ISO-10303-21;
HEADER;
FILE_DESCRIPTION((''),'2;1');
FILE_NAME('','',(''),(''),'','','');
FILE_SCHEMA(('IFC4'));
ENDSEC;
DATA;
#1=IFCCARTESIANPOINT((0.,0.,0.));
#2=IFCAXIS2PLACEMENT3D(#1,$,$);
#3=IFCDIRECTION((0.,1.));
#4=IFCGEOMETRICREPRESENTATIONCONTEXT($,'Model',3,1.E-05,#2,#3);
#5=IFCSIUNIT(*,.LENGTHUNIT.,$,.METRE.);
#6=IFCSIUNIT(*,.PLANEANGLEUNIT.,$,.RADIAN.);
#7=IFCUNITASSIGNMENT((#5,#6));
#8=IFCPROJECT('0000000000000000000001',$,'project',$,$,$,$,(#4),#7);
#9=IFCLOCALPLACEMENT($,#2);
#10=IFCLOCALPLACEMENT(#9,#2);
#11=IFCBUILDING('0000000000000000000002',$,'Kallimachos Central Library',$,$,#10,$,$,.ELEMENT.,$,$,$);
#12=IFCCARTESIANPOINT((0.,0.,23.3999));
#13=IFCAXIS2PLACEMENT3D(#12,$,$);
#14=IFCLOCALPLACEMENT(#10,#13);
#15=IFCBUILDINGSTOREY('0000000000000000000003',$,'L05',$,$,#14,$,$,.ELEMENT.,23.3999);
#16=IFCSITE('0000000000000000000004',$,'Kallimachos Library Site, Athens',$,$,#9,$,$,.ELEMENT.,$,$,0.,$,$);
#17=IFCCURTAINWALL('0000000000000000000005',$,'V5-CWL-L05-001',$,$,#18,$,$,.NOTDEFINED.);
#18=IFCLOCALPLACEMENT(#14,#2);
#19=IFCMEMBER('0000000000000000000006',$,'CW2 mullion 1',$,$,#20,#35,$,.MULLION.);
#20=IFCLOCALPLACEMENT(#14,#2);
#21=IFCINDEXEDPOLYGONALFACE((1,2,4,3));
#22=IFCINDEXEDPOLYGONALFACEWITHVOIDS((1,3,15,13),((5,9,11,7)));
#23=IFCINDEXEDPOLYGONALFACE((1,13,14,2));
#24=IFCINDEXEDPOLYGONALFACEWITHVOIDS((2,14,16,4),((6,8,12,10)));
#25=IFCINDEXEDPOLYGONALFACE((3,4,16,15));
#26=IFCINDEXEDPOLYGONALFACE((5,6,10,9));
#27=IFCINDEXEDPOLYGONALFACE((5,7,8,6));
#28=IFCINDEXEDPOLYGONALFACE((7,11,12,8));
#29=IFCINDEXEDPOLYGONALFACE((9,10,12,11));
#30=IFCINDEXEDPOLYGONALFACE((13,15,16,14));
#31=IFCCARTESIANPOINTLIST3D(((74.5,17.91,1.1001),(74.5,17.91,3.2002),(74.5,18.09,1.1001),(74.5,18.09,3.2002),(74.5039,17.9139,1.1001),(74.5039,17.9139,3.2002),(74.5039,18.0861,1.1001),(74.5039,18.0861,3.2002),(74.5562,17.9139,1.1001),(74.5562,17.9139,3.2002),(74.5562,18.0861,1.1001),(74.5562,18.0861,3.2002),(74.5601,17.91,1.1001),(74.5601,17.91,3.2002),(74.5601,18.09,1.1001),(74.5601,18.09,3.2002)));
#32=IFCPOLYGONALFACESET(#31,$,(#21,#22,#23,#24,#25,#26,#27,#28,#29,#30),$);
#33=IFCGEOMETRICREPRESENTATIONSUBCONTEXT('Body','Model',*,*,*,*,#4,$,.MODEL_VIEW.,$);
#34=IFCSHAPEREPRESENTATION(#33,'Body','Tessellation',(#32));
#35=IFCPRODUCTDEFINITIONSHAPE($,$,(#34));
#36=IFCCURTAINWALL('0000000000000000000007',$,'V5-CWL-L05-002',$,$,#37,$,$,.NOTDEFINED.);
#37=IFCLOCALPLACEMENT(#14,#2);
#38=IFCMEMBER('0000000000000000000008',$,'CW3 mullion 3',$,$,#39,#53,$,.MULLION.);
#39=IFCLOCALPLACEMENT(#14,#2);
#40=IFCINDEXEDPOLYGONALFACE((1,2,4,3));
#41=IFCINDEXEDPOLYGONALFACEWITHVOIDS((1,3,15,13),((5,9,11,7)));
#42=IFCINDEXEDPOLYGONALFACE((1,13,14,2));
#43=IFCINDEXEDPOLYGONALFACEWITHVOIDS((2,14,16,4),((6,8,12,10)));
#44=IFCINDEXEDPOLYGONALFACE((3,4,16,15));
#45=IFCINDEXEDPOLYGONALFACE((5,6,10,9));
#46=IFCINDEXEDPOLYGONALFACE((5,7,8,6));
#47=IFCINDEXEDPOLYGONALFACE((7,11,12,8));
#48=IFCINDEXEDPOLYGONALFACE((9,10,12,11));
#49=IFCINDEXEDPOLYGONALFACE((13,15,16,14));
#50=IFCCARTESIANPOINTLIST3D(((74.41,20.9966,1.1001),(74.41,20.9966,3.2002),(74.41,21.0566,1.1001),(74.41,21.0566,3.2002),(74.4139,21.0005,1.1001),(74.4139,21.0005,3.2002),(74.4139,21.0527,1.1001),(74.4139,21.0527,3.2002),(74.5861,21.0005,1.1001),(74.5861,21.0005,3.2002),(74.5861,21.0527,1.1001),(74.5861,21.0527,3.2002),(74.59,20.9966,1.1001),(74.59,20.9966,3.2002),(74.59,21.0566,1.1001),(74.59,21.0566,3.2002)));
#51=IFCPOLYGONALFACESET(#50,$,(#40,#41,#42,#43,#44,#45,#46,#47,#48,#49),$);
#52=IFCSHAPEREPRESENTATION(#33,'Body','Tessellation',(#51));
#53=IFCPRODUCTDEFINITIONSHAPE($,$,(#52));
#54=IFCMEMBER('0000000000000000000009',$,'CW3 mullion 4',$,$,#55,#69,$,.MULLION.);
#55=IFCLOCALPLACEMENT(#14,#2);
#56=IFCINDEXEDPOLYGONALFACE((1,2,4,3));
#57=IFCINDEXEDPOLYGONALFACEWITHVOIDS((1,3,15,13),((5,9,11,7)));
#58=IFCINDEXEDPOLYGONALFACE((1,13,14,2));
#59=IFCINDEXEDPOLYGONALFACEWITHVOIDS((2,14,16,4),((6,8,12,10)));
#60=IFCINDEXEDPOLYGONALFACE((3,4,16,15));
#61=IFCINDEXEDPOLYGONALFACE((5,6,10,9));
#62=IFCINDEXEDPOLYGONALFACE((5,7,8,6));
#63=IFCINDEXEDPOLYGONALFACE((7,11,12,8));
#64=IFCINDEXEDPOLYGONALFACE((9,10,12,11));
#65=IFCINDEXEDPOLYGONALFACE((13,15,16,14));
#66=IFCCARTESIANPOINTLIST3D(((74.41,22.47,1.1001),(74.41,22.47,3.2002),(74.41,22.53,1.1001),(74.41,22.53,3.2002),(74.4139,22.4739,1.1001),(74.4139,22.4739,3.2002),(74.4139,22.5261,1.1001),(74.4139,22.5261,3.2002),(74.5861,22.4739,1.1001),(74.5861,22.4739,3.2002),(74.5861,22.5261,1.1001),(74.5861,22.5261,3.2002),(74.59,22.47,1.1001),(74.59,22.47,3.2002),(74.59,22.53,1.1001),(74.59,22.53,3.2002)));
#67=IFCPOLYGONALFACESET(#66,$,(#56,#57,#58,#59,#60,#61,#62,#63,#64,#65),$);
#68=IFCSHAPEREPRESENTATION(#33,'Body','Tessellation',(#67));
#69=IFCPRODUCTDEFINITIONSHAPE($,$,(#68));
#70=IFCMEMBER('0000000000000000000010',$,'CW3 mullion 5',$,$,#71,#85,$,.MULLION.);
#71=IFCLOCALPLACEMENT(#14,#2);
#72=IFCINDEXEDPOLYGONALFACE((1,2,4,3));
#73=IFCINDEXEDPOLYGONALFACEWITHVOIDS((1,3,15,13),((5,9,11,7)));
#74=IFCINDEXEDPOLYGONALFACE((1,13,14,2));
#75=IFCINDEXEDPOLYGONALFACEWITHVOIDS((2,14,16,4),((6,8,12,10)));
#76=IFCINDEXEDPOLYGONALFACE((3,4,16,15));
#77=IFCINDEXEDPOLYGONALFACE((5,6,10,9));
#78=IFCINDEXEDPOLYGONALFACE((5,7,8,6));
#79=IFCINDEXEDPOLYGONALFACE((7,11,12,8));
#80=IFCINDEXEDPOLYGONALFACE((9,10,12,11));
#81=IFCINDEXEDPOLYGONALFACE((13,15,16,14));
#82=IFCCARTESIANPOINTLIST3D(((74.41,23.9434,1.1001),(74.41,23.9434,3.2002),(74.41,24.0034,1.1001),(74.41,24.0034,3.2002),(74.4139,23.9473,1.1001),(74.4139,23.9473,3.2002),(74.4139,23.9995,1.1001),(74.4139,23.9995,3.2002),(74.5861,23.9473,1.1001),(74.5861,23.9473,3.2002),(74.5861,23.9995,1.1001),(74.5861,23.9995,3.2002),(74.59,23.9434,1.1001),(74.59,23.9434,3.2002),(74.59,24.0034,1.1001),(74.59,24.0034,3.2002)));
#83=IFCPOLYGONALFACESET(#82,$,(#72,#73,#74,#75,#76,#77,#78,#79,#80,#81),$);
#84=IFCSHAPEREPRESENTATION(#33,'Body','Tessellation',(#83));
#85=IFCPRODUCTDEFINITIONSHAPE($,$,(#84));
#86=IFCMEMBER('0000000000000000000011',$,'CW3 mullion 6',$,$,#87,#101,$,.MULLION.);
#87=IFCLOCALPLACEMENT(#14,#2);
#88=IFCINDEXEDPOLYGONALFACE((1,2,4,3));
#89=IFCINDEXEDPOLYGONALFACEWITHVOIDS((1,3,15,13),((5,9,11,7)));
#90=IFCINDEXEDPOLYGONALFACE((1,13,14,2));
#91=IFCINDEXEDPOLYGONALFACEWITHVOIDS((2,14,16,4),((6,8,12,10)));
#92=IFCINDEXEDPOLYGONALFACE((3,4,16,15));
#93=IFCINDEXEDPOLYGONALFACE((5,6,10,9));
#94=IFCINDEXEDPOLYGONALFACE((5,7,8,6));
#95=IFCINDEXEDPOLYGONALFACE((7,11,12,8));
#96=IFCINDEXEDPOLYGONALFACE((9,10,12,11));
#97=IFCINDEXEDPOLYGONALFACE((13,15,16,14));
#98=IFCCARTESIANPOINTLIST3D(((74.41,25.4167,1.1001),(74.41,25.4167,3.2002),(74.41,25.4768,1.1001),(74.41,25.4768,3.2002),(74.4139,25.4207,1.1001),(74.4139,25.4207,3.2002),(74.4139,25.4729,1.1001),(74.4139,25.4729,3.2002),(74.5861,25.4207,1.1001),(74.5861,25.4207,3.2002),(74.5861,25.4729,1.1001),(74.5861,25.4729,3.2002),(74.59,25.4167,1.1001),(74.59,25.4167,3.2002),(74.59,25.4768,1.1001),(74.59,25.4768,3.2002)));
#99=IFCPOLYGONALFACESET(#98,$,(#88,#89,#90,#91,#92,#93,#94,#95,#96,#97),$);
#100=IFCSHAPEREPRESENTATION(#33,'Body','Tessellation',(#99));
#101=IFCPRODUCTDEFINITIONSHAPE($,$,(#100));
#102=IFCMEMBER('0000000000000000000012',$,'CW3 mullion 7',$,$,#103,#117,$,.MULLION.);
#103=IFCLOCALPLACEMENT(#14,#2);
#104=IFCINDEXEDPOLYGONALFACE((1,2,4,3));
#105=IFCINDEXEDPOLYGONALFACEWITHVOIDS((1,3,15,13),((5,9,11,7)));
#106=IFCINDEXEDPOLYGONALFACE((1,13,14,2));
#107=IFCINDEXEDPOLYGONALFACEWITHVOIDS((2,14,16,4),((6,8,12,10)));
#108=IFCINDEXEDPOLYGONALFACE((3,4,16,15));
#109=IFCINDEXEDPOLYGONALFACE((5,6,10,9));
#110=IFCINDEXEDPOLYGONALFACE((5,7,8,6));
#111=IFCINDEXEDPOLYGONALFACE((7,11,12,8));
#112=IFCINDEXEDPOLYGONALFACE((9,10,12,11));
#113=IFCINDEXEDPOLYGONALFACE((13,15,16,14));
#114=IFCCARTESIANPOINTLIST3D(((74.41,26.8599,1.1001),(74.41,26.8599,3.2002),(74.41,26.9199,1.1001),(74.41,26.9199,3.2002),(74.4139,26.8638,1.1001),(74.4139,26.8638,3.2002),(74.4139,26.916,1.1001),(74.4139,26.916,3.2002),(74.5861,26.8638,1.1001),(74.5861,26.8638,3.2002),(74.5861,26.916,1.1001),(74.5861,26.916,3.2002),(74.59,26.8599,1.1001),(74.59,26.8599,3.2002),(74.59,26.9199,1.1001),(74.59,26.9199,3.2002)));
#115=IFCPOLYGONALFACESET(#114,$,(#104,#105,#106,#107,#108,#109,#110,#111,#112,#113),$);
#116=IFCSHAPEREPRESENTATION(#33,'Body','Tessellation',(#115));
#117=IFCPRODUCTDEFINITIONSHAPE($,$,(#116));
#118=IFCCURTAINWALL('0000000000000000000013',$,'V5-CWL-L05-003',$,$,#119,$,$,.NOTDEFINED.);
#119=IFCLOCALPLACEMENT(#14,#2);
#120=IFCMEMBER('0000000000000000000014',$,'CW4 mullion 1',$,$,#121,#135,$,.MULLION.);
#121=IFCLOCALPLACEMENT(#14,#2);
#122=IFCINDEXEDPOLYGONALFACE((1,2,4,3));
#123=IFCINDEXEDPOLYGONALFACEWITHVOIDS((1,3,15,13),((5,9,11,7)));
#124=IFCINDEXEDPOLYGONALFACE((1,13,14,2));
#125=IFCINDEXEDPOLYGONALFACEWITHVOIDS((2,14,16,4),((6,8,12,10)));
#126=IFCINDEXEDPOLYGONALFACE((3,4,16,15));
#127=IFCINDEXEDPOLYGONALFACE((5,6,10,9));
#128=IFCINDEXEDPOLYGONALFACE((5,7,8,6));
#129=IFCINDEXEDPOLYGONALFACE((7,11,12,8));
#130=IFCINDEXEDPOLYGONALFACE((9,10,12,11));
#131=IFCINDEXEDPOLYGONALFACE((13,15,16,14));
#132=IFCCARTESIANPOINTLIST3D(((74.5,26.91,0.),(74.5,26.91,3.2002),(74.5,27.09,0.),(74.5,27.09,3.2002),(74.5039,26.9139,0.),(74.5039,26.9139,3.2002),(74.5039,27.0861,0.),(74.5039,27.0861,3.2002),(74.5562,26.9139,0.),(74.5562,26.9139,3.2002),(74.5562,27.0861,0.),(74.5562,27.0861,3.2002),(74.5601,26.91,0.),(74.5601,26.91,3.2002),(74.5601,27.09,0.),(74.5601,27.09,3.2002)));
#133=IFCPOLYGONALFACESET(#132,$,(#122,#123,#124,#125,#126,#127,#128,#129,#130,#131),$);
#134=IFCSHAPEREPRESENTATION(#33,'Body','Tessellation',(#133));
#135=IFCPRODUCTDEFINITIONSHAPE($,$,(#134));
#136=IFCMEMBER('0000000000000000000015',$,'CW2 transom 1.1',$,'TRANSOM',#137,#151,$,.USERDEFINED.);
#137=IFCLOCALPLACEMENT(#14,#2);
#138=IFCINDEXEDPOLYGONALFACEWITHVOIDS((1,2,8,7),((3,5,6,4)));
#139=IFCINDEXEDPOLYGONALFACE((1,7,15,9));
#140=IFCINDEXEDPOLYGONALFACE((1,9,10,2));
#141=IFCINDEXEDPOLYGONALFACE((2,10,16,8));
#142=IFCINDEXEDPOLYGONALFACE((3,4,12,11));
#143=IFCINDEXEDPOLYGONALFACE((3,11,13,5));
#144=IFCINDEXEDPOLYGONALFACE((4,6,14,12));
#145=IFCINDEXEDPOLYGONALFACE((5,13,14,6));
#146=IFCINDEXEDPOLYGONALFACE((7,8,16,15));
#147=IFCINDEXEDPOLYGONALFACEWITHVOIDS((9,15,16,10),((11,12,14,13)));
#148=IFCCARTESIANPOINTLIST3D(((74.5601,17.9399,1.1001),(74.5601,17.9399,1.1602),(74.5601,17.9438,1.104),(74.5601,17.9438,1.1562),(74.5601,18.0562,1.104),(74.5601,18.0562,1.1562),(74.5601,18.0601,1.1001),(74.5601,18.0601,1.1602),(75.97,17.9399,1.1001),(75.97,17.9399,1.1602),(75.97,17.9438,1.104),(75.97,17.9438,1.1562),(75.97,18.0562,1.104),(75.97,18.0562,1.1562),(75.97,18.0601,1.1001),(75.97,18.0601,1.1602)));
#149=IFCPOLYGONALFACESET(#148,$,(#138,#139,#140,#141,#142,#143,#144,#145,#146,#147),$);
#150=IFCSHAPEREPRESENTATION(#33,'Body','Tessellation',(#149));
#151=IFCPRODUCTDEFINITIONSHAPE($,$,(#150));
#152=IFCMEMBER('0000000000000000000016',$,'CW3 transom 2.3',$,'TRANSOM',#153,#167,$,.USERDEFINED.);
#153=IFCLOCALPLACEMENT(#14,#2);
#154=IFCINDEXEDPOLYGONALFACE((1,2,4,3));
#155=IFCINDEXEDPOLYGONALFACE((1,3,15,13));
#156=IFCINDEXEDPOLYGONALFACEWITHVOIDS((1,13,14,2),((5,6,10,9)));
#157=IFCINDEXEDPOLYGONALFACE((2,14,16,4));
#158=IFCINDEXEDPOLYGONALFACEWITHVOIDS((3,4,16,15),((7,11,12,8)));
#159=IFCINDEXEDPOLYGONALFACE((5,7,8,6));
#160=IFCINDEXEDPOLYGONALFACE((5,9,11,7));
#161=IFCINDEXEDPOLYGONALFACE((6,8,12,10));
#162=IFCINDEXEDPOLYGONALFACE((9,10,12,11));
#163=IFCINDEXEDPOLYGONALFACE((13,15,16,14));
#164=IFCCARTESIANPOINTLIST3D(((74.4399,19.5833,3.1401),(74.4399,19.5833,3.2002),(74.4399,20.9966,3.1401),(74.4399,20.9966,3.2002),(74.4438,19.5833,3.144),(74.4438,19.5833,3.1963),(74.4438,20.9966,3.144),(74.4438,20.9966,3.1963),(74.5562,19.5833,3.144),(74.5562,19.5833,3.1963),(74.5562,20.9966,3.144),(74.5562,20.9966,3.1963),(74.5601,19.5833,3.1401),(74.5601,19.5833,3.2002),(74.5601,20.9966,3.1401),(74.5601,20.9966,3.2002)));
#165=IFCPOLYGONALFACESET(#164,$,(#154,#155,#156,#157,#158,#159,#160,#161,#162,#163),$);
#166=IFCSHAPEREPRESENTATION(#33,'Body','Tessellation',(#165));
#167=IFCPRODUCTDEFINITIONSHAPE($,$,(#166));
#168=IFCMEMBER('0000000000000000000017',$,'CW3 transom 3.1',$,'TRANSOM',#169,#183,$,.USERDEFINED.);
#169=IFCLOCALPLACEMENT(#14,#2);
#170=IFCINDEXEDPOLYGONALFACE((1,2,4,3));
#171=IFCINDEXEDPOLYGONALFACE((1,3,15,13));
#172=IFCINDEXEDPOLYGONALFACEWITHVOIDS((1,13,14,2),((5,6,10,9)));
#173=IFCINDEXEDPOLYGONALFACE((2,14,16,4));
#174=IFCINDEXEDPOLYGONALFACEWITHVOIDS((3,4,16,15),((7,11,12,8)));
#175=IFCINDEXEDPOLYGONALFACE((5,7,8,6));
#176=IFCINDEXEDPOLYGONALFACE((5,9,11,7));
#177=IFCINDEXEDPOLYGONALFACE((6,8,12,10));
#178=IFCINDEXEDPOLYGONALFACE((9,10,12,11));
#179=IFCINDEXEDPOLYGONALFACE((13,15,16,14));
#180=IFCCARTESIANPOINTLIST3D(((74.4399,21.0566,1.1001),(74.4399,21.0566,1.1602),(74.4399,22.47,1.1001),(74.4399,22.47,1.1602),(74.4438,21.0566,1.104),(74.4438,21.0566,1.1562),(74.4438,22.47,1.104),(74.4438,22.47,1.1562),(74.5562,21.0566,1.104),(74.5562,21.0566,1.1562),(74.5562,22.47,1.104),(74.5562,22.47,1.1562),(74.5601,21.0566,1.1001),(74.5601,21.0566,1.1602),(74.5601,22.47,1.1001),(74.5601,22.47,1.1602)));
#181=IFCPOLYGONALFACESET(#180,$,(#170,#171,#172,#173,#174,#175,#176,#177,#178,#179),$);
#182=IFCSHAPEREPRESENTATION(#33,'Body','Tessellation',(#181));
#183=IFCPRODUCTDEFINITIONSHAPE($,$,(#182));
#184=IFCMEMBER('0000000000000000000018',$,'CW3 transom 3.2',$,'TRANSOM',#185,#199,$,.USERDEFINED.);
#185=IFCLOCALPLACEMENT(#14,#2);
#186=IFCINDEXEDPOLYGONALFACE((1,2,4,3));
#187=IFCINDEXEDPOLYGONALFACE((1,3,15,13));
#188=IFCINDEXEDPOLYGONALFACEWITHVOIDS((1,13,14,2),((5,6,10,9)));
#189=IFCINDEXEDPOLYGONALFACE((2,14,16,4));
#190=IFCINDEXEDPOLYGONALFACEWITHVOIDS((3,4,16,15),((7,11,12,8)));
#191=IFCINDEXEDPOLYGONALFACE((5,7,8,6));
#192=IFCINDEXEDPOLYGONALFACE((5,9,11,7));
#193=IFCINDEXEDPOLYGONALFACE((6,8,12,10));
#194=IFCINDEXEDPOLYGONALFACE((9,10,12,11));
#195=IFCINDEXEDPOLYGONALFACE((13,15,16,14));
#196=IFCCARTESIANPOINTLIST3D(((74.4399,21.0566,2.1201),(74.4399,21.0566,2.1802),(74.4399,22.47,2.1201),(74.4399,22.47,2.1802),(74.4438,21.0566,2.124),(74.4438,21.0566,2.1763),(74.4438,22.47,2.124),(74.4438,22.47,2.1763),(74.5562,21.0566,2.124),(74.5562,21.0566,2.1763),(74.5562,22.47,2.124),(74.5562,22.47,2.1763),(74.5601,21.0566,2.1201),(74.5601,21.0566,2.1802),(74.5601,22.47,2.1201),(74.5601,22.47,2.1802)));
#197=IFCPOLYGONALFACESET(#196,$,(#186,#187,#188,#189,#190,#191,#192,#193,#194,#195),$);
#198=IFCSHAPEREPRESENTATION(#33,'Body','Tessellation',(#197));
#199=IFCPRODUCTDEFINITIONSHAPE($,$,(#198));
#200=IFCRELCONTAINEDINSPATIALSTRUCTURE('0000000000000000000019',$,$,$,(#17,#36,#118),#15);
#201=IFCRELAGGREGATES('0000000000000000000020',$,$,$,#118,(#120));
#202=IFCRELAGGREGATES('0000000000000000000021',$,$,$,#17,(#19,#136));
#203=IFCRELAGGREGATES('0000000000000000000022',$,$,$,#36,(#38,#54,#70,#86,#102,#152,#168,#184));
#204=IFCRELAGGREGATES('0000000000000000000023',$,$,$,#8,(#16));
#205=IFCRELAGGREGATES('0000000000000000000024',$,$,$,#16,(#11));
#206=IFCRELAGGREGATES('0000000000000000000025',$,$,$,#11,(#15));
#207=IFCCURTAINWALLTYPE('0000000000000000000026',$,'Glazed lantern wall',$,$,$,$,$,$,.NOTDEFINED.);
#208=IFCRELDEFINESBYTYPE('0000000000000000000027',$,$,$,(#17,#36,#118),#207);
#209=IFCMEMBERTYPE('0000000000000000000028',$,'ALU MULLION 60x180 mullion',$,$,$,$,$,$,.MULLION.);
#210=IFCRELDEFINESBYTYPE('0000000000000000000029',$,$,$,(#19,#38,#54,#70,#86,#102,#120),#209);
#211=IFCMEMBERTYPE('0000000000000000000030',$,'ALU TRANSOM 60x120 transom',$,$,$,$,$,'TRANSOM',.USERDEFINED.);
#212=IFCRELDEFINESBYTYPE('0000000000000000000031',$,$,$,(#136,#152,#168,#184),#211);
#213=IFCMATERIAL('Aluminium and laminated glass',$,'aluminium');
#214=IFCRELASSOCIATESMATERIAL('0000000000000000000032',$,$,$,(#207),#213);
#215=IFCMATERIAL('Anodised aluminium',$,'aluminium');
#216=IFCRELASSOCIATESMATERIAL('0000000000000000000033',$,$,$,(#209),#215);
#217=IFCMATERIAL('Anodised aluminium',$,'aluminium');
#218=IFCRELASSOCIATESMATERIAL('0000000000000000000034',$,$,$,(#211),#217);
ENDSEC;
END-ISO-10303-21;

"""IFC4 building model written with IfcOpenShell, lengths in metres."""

from ifc_helpers import new_model, si_unit, direction, frame, origin, origin_2d, place, context, subcontext, project, spatial, hollow_rectangle, extrude, material, material_profile, profile_set, type_object, element, aggregate, save


model = new_model("IFC4")

# Units and contexts
model_context = context("Model", 3, precision=1e-05, world=origin(), true_north=direction((0.0, 1.0)))
body_context = subcontext(model_context, "Body", "Model", "MODEL_VIEW")
ifc_project = project(units=[si_unit("LENGTHUNIT", "METRE"), si_unit("PLANEANGLEUNIT", "RADIAN")], contexts=[model_context])

# Site, building, storey
site_placement = place(None, origin())
site = spatial("IfcSite", under=ifc_project, at=site_placement, Name="Kallimachos Library Site, Athens", CompositionType="ELEMENT", RefElevation=0.0)
building_placement = place(site_placement, origin())
building = spatial("IfcBuilding", under=site, at=building_placement, Name="Kallimachos Central Library", CompositionType="ELEMENT")
storey_placement = place(building_placement, frame((0.0, 0.0, 23.3999)))
storey = spatial("IfcBuildingStorey", under=building, at=storey_placement, Name="L05", CompositionType="ELEMENT", Elevation=23.3999)

# Curtain wall, member
ifc_material_1 = material(Name="Aluminium and laminated glass", Category="aluminium")
curtain_wall_type = type_object("IfcCurtainWallType", Name="Glazed lantern wall", PredefinedType="NOTDEFINED", material=ifc_material_1)
curtain_wall_1_placement = place(storey_placement, origin())
curtain_wall_1 = element("IfcCurtainWall", 1, at=curtain_wall_1_placement, inside=storey, type_object=curtain_wall_type, Name="V5-CWL-L05-001", PredefinedType="NOTDEFINED")
ifc_material_2 = material(Name="Anodised aluminium", Category="aluminium")
ifc_material_profile_1 = material_profile(ifc_material_2, hollow_rectangle(XDim=0.0601, YDim=0.1799, WallThickness=0.0039, at=origin_2d()), Name="ALU MULLION 60x180")
ifc_profile_set_1 = profile_set([ifc_material_profile_1], Name="Anodised aluminium")
member_type_1 = type_object("IfcMemberType", Name="ALU MULLION 60x180 mullion", PredefinedType="MULLION", material=ifc_profile_set_1)
member_1_placement = place(storey_placement, frame((74.53, 18.0, 1.1001), z_axis=(0.0, 0.0, 1.0), x_axis=(1.0, 0.0, 0.0)))
member_1 = element("IfcMember", 2, at=member_1_placement, type_object=member_type_1, Name="CW2 mullion 1", PredefinedType="MULLION", context=body_context, shape_type="SweptSolid", body=[
    extrude(hollow_rectangle(XDim=0.0601, YDim=0.1799, WallThickness=0.0039, at=origin_2d()), origin(), (0.0, 0.0, 1.0), 2.1001),
])

# Curtain wall, members
curtain_wall_2_placement = place(storey_placement, origin())
curtain_wall_2 = element("IfcCurtainWall", 3, at=curtain_wall_2_placement, inside=storey, type_object=curtain_wall_type, Name="V5-CWL-L05-002", PredefinedType="NOTDEFINED")
member_2_placement = place(storey_placement, frame((74.5, 21.0266, 1.1001), z_axis=(0.0, 0.0, 1.0), x_axis=(0.0, 1.0, 0.0)))
member_2 = element("IfcMember", 4, at=member_2_placement, type_object=member_type_1, Name="CW3 mullion 3", PredefinedType="MULLION", context=body_context, shape_type="SweptSolid", body=[
    extrude(hollow_rectangle(XDim=0.0601, YDim=0.1799, WallThickness=0.0039, at=origin_2d()), origin(), (0.0, 0.0, 1.0), 2.1001),
])
member_3_placement = place(storey_placement, frame((74.5, 22.5, 1.1001), z_axis=(0.0, 0.0, 1.0), x_axis=(0.0, 1.0, 0.0)))
member_3 = element("IfcMember", 5, at=member_3_placement, type_object=member_type_1, Name="CW3 mullion 4", PredefinedType="MULLION", context=body_context, shape_type="SweptSolid", body=[
    extrude(hollow_rectangle(XDim=0.0601, YDim=0.1799, WallThickness=0.0039, at=origin_2d()), origin(), (0.0, 0.0, 1.0), 2.1001),
])
member_4_placement = place(storey_placement, frame((74.5, 23.9734, 1.1001), z_axis=(0.0, 0.0, 1.0), x_axis=(0.0, 1.0, 0.0)))
member_4 = element("IfcMember", 6, at=member_4_placement, type_object=member_type_1, Name="CW3 mullion 5", PredefinedType="MULLION", context=body_context, shape_type="SweptSolid", body=[
    extrude(hollow_rectangle(XDim=0.0601, YDim=0.1799, WallThickness=0.0039, at=origin_2d()), origin(), (0.0, 0.0, 1.0), 2.1001),
])
member_5_placement = place(storey_placement, frame((74.5, 25.4468, 1.1001), z_axis=(0.0, 0.0, 1.0), x_axis=(0.0, 1.0, 0.0)))
member_5 = element("IfcMember", 7, at=member_5_placement, type_object=member_type_1, Name="CW3 mullion 6", PredefinedType="MULLION", context=body_context, shape_type="SweptSolid", body=[
    extrude(hollow_rectangle(XDim=0.0601, YDim=0.1799, WallThickness=0.0039, at=origin_2d()), origin(), (0.0, 0.0, 1.0), 2.1001),
])
member_6_placement = place(storey_placement, frame((74.5, 26.8899, 1.1001), z_axis=(0.0, 0.0, 1.0), x_axis=(0.0, 1.0, 0.0)))
member_6 = element("IfcMember", 8, at=member_6_placement, type_object=member_type_1, Name="CW3 mullion 7", PredefinedType="MULLION", context=body_context, shape_type="SweptSolid", body=[
    extrude(hollow_rectangle(XDim=0.0601, YDim=0.1799, WallThickness=0.0039, at=origin_2d()), origin(), (0.0, 0.0, 1.0), 2.1001),
])

# Curtain wall, member
curtain_wall_3_placement = place(storey_placement, origin())
curtain_wall_3 = element("IfcCurtainWall", 9, at=curtain_wall_3_placement, inside=storey, type_object=curtain_wall_type, Name="V5-CWL-L05-003", PredefinedType="NOTDEFINED")
member_7_placement = place(storey_placement, frame((74.53, 27.0, 0.0), z_axis=(0.0, 0.0, 1.0), x_axis=(1.0, 0.0, 0.0)))
member_7 = element("IfcMember", 10, at=member_7_placement, type_object=member_type_1, Name="CW4 mullion 1", PredefinedType="MULLION", context=body_context, shape_type="SweptSolid", body=[
    extrude(hollow_rectangle(XDim=0.0601, YDim=0.1799, WallThickness=0.0039, at=origin_2d()), origin(), (0.0, 0.0, 1.0), 3.2002),
])
aggregate(curtain_wall_3, [member_7])

# Members
ifc_material_3 = material(Name="Anodised aluminium", Category="aluminium")
ifc_material_profile_2 = material_profile(ifc_material_3, hollow_rectangle(XDim=0.0601, YDim=0.1201, WallThickness=0.0039, at=origin_2d()), Name="ALU TRANSOM 60x120")
ifc_profile_set_2 = profile_set([ifc_material_profile_2], Name="Anodised aluminium")
member_type_2 = type_object("IfcMemberType", Name="ALU TRANSOM 60x120 transom", ElementType="TRANSOM", PredefinedType="USERDEFINED", material=ifc_profile_set_2)
member_8_placement = place(storey_placement, frame((74.5601, 18.0, 1.1301), z_axis=(1.0, 0.0, 0.0), x_axis=(0.0, 0.0, 1.0)))
member_8 = element("IfcMember", 11, at=member_8_placement, type_object=member_type_2, Name="CW2 transom 1.1", ObjectType="TRANSOM", PredefinedType="USERDEFINED", context=body_context, shape_type="SweptSolid", body=[
    extrude(hollow_rectangle(XDim=0.0601, YDim=0.1201, WallThickness=0.0039, at=origin_2d()), origin(), (0.0, 0.0, 1.0), 1.4099),
])
aggregate(curtain_wall_1, [member_1, member_8])
member_9_placement = place(storey_placement, frame((74.5, 19.5833, 3.1702), z_axis=(0.0, 1.0, 0.0), x_axis=(0.0, 0.0, 1.0)))
member_9 = element("IfcMember", 12, at=member_9_placement, type_object=member_type_2, Name="CW3 transom 2.3", ObjectType="TRANSOM", PredefinedType="USERDEFINED", context=body_context, shape_type="SweptSolid", body=[
    extrude(hollow_rectangle(XDim=0.0601, YDim=0.1201, WallThickness=0.0039, at=origin_2d()), origin(), (0.0, 0.0, 1.0), 1.4133),
])
member_10_placement = place(storey_placement, frame((74.5, 21.0566, 1.1301), z_axis=(0.0, 1.0, 0.0), x_axis=(0.0, 0.0, 1.0)))
member_10 = element("IfcMember", 13, at=member_10_placement, type_object=member_type_2, Name="CW3 transom 3.1", ObjectType="TRANSOM", PredefinedType="USERDEFINED", context=body_context, shape_type="SweptSolid", body=[
    extrude(hollow_rectangle(XDim=0.0601, YDim=0.1201, WallThickness=0.0039, at=origin_2d()), origin(), (0.0, 0.0, 1.0), 1.4133),
])
member_11_placement = place(storey_placement, frame((74.5, 21.0566, 2.1501), z_axis=(0.0, 1.0, 0.0), x_axis=(0.0, 0.0, 1.0)))
member_11 = element("IfcMember", 14, at=member_11_placement, type_object=member_type_2, Name="CW3 transom 3.2", ObjectType="TRANSOM", PredefinedType="USERDEFINED", context=body_context, shape_type="SweptSolid", body=[
    extrude(hollow_rectangle(XDim=0.0601, YDim=0.1201, WallThickness=0.0039, at=origin_2d()), origin(), (0.0, 0.0, 1.0), 1.4133),
])

aggregate(curtain_wall_2, [member_2, member_3, member_4, member_5, member_6, member_9, member_10, member_11])

save(model, "model.ifc")
